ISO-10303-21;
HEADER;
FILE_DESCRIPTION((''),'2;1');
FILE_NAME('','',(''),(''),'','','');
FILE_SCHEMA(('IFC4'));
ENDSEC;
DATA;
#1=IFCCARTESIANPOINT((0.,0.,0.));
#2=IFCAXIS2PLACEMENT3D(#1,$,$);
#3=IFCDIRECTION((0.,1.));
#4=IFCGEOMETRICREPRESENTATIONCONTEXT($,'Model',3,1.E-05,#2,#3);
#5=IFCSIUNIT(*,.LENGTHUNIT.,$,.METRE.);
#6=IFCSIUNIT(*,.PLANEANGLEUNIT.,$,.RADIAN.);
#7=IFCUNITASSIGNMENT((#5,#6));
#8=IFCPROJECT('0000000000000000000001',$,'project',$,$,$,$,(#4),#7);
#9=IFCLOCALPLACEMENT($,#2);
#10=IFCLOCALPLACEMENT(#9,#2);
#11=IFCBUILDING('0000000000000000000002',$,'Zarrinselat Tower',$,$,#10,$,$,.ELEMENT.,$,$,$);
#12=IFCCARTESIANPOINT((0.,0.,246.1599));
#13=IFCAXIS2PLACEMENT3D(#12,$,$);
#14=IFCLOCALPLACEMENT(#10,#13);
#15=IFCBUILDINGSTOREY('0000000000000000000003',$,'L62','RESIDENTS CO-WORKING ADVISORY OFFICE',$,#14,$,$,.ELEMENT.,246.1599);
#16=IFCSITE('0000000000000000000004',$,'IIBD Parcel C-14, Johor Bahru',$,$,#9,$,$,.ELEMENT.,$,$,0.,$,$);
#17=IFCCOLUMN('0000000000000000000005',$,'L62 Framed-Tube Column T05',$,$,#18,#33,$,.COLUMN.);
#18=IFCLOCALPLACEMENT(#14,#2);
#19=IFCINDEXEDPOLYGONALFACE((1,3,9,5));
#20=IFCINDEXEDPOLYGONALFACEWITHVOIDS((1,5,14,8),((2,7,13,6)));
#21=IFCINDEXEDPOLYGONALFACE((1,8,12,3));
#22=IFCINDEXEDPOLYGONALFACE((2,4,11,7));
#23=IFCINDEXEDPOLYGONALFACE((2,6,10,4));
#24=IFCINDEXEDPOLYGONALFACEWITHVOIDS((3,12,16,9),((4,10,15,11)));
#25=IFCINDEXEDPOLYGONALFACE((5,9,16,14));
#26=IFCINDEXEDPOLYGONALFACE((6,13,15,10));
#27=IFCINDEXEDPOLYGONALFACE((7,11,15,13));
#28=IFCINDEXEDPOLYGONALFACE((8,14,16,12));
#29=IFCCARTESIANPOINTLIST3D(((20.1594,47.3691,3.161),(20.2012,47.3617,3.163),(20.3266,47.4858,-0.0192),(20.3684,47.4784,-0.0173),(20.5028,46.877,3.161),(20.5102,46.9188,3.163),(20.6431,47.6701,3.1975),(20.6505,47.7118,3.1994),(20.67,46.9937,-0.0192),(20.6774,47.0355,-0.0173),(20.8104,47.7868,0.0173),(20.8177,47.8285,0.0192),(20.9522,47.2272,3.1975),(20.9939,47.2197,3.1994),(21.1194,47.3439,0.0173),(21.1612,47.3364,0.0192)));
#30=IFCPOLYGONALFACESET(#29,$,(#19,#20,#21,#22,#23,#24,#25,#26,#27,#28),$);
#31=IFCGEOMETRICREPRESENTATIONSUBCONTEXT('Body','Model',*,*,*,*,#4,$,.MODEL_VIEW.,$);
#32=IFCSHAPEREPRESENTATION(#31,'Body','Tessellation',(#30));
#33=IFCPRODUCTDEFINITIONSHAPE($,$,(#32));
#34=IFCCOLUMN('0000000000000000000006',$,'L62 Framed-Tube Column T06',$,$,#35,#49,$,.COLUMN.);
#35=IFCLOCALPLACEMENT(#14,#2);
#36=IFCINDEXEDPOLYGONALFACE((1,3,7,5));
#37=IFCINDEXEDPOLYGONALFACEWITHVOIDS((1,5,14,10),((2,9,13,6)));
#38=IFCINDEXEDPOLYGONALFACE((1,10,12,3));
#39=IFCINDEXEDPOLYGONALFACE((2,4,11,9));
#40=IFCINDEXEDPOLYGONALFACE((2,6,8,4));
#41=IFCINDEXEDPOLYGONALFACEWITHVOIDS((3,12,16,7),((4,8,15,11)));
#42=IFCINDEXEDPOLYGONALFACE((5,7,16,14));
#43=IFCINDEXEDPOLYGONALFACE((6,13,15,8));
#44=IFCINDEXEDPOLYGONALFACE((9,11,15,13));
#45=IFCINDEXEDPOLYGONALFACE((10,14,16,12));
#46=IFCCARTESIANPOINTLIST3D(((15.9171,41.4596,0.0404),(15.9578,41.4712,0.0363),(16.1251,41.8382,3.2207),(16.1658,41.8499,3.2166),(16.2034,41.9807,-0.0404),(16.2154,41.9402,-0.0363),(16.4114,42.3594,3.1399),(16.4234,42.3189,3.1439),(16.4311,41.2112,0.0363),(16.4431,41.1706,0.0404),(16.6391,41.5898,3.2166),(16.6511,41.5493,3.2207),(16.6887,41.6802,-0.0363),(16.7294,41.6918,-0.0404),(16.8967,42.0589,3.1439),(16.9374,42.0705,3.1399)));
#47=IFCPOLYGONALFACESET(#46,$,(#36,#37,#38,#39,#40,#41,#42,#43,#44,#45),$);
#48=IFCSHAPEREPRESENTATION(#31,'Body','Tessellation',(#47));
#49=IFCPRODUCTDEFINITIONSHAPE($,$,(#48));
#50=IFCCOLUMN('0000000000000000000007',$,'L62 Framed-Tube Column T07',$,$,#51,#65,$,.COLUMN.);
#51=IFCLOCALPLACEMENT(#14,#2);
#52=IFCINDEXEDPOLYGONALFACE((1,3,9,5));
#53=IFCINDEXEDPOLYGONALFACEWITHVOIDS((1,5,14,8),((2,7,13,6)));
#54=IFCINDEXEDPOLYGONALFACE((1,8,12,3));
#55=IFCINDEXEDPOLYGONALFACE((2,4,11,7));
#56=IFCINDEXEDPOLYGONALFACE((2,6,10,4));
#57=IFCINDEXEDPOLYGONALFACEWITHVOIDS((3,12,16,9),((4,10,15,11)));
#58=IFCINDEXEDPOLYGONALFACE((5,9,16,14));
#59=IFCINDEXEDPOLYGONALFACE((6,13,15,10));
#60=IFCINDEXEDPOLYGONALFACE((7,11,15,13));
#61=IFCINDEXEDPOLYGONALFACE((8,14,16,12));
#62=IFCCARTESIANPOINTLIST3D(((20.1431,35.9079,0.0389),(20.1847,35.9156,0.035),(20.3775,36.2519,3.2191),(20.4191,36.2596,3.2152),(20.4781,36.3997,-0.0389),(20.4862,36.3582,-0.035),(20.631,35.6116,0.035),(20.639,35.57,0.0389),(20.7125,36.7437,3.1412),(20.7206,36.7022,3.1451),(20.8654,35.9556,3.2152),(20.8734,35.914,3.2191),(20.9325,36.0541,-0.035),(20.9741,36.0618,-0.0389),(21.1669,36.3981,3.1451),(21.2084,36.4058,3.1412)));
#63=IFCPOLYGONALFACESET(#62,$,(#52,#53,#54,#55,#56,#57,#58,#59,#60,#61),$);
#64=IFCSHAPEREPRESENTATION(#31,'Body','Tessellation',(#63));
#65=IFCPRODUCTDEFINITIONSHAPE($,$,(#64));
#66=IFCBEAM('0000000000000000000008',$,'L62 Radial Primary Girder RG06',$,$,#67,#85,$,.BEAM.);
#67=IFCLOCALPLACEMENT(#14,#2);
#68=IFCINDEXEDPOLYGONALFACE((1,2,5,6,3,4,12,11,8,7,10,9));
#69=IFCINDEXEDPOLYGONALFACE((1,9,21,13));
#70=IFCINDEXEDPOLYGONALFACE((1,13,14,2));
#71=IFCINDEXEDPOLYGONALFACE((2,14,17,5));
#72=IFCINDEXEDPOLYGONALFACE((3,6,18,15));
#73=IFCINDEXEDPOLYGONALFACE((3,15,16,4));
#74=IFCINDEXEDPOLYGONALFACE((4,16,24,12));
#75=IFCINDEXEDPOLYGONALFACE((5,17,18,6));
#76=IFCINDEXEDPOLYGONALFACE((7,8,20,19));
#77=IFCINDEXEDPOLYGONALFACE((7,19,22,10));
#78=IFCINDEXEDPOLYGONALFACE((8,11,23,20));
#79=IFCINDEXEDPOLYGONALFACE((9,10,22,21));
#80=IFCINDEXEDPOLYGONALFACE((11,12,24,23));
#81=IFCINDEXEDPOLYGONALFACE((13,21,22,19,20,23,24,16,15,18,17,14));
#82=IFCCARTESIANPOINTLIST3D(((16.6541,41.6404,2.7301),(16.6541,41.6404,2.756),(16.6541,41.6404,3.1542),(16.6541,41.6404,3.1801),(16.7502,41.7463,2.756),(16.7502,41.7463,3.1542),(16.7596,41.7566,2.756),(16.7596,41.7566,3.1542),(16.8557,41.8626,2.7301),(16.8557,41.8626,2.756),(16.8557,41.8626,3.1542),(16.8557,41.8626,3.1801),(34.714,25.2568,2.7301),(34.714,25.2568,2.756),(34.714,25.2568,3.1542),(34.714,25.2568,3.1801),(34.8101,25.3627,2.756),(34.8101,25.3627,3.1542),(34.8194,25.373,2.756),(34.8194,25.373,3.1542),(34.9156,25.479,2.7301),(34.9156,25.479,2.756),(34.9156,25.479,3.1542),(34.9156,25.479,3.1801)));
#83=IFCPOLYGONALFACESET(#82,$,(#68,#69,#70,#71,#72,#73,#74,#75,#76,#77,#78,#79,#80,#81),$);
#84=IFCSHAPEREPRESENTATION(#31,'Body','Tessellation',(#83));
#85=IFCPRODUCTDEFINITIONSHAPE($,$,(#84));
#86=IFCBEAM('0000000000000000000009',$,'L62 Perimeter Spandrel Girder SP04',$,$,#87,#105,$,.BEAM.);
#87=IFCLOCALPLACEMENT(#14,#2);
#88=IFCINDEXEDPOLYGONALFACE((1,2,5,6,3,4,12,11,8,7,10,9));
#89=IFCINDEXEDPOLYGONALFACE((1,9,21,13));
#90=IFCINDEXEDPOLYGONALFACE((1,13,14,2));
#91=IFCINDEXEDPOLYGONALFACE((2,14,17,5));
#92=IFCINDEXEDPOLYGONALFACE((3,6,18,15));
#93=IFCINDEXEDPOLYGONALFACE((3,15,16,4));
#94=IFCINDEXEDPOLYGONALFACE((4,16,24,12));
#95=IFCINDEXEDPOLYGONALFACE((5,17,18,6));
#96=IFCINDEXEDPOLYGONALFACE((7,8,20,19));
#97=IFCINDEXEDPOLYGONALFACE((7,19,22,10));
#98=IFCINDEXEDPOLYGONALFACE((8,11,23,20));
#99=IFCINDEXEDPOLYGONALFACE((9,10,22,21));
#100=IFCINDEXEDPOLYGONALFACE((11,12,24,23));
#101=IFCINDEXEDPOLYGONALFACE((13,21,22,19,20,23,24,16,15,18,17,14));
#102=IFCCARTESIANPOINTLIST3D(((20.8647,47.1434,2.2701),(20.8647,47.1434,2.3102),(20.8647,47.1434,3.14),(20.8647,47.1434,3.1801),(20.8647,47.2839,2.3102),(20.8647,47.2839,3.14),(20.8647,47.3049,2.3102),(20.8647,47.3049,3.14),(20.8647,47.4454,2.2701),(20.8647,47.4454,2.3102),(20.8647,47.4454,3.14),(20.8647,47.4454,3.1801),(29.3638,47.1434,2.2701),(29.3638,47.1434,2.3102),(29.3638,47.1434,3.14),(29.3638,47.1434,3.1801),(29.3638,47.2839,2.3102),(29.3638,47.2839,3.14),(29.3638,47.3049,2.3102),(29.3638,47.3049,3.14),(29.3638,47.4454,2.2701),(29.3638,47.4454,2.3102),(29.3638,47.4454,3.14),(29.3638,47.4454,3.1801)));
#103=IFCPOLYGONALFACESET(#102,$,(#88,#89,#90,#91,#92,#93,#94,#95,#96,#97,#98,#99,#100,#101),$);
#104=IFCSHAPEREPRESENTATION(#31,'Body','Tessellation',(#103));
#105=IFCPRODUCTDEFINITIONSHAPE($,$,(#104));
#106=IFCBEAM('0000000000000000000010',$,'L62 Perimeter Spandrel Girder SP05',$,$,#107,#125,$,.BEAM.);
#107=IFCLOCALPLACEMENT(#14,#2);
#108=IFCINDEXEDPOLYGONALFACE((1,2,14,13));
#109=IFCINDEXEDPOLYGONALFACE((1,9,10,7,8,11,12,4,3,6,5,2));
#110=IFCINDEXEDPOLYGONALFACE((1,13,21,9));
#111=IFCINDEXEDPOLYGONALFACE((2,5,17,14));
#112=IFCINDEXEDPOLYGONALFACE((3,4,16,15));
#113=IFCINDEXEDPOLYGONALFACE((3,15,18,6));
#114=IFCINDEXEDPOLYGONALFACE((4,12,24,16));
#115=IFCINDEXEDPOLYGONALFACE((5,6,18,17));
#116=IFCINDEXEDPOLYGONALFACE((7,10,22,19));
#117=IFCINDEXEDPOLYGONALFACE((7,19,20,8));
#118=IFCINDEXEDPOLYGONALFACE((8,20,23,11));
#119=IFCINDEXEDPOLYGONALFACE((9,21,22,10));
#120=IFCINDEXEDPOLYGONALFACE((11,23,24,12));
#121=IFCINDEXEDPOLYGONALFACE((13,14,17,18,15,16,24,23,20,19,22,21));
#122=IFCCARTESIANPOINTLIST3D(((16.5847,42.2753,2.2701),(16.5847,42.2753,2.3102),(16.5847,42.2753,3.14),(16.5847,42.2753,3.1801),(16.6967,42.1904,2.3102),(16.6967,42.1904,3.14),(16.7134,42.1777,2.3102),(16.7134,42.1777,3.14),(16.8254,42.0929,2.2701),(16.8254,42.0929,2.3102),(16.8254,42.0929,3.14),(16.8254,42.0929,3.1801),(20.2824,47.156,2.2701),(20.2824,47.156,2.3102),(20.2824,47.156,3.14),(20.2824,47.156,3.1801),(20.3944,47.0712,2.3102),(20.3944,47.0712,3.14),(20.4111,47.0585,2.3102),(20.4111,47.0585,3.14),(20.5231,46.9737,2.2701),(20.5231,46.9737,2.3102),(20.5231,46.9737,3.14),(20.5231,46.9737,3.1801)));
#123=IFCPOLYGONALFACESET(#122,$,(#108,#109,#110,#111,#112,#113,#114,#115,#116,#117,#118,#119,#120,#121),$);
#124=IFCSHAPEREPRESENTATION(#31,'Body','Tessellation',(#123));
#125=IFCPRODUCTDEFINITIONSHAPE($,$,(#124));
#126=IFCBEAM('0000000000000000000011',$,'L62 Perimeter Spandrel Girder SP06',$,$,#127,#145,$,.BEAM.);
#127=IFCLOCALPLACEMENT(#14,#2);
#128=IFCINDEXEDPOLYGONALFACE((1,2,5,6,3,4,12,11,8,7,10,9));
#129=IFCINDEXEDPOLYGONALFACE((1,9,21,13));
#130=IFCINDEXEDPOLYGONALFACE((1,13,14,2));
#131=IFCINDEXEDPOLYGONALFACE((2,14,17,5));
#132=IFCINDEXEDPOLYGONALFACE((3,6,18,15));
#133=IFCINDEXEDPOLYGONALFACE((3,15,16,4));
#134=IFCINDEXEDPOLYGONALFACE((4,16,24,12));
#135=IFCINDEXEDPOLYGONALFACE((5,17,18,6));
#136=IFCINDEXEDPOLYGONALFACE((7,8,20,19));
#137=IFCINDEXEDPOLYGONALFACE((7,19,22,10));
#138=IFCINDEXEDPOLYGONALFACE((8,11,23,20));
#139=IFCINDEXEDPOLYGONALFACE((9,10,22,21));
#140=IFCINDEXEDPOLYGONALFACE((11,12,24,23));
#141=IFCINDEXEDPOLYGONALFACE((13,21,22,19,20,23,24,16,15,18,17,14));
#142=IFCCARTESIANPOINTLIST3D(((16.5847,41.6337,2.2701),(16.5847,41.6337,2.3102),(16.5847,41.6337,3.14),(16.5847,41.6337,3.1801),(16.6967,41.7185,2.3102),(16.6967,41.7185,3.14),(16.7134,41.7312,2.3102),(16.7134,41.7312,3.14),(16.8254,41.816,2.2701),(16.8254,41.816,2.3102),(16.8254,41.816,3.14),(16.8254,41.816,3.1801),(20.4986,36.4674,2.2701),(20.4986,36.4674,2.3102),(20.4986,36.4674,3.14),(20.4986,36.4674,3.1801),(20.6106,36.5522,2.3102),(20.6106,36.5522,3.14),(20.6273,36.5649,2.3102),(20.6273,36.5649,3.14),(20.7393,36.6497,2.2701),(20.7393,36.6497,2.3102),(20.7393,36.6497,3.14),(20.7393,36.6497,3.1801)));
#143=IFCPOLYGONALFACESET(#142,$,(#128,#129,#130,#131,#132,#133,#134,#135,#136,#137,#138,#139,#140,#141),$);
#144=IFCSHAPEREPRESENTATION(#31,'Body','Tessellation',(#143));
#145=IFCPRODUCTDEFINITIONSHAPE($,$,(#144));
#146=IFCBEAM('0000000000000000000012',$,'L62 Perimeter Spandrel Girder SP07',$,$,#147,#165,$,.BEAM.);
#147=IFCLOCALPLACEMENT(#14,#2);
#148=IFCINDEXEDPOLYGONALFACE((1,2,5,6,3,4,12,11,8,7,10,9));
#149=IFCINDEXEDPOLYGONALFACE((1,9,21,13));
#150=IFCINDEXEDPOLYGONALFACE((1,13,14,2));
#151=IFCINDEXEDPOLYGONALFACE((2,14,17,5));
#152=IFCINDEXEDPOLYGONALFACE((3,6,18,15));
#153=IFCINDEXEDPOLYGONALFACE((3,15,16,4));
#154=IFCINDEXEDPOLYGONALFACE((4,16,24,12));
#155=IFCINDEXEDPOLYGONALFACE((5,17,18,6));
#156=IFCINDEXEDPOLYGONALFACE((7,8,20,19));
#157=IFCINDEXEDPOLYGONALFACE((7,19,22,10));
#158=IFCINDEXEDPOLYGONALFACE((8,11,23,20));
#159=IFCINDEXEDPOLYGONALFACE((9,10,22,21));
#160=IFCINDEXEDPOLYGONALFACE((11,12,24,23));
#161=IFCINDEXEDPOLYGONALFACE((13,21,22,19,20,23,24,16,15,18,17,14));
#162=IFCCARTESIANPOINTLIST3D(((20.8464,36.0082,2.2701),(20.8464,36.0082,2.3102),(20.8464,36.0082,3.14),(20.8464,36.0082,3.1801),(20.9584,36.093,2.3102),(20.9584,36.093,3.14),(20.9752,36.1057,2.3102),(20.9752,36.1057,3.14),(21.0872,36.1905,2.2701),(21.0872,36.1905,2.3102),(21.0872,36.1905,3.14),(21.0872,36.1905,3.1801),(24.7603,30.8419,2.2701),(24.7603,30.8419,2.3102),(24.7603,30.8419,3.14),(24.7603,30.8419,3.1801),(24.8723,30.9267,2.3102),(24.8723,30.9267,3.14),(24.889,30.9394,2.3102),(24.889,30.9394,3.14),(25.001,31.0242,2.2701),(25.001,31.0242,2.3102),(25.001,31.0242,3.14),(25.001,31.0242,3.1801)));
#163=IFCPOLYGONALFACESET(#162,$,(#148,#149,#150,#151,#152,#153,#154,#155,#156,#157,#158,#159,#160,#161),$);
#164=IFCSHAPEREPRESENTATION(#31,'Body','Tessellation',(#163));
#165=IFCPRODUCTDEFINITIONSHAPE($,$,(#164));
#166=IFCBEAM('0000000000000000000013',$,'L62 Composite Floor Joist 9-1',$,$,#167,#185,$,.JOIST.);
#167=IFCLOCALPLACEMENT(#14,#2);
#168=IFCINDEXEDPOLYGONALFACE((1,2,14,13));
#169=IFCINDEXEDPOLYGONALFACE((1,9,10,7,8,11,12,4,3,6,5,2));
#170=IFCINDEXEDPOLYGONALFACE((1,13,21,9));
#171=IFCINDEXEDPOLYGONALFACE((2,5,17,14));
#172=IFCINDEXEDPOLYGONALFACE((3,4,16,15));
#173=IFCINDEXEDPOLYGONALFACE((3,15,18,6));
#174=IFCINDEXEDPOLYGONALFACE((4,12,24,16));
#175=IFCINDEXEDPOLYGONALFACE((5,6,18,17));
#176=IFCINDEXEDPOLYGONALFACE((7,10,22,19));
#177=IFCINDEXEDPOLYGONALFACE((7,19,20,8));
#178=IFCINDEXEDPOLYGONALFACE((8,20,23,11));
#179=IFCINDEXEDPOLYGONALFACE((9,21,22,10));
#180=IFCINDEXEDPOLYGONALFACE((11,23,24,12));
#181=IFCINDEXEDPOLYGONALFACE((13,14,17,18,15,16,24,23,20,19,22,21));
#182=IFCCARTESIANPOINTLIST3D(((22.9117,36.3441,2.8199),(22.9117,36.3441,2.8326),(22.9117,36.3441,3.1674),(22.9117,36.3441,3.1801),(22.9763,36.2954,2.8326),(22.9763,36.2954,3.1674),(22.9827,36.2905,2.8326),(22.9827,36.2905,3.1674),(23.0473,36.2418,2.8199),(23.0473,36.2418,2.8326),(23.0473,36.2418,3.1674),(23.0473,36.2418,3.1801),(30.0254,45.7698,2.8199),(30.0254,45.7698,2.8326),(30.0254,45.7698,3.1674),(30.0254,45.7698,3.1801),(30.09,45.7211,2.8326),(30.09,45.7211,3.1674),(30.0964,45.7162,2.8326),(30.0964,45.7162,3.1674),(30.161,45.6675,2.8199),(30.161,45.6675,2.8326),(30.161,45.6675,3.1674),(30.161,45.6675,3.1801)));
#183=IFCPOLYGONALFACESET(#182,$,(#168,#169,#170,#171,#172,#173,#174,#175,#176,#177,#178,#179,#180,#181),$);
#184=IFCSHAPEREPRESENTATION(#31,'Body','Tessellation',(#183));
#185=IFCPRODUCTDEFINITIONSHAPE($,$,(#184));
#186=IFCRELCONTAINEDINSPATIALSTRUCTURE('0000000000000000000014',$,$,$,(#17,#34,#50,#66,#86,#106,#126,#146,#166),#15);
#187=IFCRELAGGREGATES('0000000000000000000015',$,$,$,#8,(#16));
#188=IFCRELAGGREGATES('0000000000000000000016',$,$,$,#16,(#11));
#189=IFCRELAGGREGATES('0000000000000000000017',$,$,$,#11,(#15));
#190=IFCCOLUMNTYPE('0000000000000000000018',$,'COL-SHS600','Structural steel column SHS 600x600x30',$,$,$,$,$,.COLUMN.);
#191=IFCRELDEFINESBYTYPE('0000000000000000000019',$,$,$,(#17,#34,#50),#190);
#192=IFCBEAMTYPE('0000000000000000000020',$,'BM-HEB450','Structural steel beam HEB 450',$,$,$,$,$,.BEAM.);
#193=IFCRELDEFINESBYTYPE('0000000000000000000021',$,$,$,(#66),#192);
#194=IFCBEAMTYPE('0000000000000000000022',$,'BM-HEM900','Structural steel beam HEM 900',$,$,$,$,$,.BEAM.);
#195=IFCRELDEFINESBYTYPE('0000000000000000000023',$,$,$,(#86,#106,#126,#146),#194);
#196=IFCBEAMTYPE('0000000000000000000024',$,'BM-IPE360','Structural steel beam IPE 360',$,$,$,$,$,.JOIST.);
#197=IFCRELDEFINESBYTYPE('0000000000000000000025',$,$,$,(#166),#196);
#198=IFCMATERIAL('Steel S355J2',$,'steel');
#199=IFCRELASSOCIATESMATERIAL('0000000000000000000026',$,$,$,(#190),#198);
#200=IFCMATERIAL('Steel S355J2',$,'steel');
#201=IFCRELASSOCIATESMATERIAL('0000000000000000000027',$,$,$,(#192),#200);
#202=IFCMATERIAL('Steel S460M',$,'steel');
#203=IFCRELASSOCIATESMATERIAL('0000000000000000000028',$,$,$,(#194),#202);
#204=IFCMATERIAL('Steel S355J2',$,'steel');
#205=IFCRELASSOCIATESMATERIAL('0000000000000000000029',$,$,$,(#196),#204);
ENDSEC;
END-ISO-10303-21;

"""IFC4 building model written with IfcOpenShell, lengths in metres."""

from ifc_helpers import new_model, si_unit, direction, frame, origin, origin_2d, place, context, subcontext, project, spatial, hollow_rectangle, i_section, extrude, material, material_profile, profile_set, type_object, element, save


model = new_model("IFC4")

# Units and contexts
model_context = context("Model", 3, precision=1e-05, world=origin(), true_north=direction((0.0, 1.0)))
body_context = subcontext(model_context, "Body", "Model", "MODEL_VIEW")
ifc_project = project(units=[si_unit("LENGTHUNIT", "METRE"), si_unit("PLANEANGLEUNIT", "RADIAN")], contexts=[model_context])

# Site, building, storey
site_placement = place(None, origin())
site = spatial("IfcSite", under=ifc_project, at=site_placement, Name="IIBD Parcel C-14, Johor Bahru", CompositionType="ELEMENT", RefElevation=0.0)
building_placement = place(site_placement, origin())
building = spatial("IfcBuilding", under=site, at=building_placement, Name="Zarrinselat Tower", CompositionType="ELEMENT")
storey_placement = place(building_placement, frame((0.0, 0.0, 246.1599)))
storey = spatial("IfcBuildingStorey", under=building, at=storey_placement, Name="L62", Description="RESIDENTS CO-WORKING ADVISORY OFFICE", CompositionType="ELEMENT", Elevation=246.1599)

# Columns
ifc_material_1 = material(Name="Steel S355J2", Category="steel")
ifc_material_profile_1 = material_profile(ifc_material_1, hollow_rectangle(XDim=0.6001, YDim=0.6001, WallThickness=0.03, at=origin_2d()), Name="SHS 600x600x30")
ifc_profile_set_1 = profile_set([ifc_material_profile_1], Name="Steel S355J2")
column_type = type_object("IfcColumnType", Name="COL-SHS600", Description="Structural steel column SHS 600x600x30", PredefinedType="COLUMN", material=ifc_profile_set_1)
column_1_placement = place(storey_placement, frame((20.7439, 47.4111, 0.0), z_axis=(-0.052479, -0.036621, 0.99795), x_axis=(0.572256, -0.820075, 0.0)))
element("IfcColumn", 1, at=column_1_placement, inside=storey, type_object=column_type, Name="L62 Framed-Tube Column T05", PredefinedType="COLUMN", context=body_context, shape_type="SweptSolid", body=[
    extrude(hollow_rectangle(XDim=0.6001, YDim=0.6001, WallThickness=0.03, at=origin_2d()), origin(), (0.0, 0.0, 1.0), 3.1868),
])
column_2_placement = place(storey_placement, frame((16.3232, 41.5757, 0.0), z_axis=(0.064812, 0.117986, 0.990898), x_axis=(-0.876466, 0.481463, 0.0)))
element("IfcColumn", 2, at=column_2_placement, inside=storey, type_object=column_type, Name="L62 Framed-Tube Column T06", PredefinedType="COLUMN", context=body_context, shape_type="SweptSolid", body=[
    extrude(hollow_rectangle(XDim=0.6001, YDim=0.6001, WallThickness=0.03, at=origin_2d()), origin(), (0.0, 0.0, 1.0), 3.2095),
])
column_3_placement = place(storey_placement, frame((20.5586, 35.9849, 0.0), z_axis=(0.073075, 0.107253, 0.991543), x_axis=(-0.826413, 0.563064, 0.0)))
element("IfcColumn", 3, at=column_3_placement, inside=storey, type_object=column_type, Name="L62 Framed-Tube Column T07", PredefinedType="COLUMN", context=body_context, shape_type="SweptSolid", body=[
    extrude(hollow_rectangle(XDim=0.6001, YDim=0.6001, WallThickness=0.03, at=origin_2d()), origin(), (0.0, 0.0, 1.0), 3.2073),
])

# Beams
ifc_material_2 = material(Name="Steel S355J2", Category="steel")
ifc_material_profile_2 = material_profile(ifc_material_2, i_section(OverallWidth=0.3, OverallDepth=0.45, WebThickness=0.0139, FlangeThickness=0.0259, at=origin_2d()), Name="HEB 450")
ifc_profile_set_2 = profile_set([ifc_material_profile_2], Name="Steel S355J2")
beam_type_1 = type_object("IfcBeamType", Name="BM-HEB450", Description="Structural steel beam HEB 450", PredefinedType="BEAM", material=ifc_profile_set_2)
beam_1_placement = place(storey_placement, frame((16.7549, 41.7515, 2.9551), z_axis=(0.740643, -0.671898, 0.0), x_axis=(0.671898, 0.740643, 0.0)))
element("IfcBeam", 4, at=beam_1_placement, inside=storey, type_object=beam_type_1, Name="L62 Radial Primary Girder RG06", PredefinedType="BEAM", context=body_context, shape_type="SweptSolid", body=[
    extrude(i_section(OverallWidth=0.3, OverallDepth=0.45, WebThickness=0.0139, FlangeThickness=0.0259, at=origin_2d()), origin(), (0.0, 0.0, 1.0), 24.384),
])
ifc_material_3 = material(Name="Steel S460M", Category="steel")
ifc_material_profile_3 = material_profile(ifc_material_3, i_section(OverallWidth=0.302, OverallDepth=0.9099, WebThickness=0.021, FlangeThickness=0.04, at=origin_2d()), Name="HEM 900")
ifc_profile_set_3 = profile_set([ifc_material_profile_3], Name="Steel S460M")
beam_type_2 = type_object("IfcBeamType", Name="BM-HEM900", Description="Structural steel beam HEM 900", PredefinedType="BEAM", material=ifc_profile_set_3)
beam_2_placement = place(storey_placement, frame((20.8647, 47.2944, 2.7251), z_axis=(1.0, 0.0, 0.0), x_axis=(0.0, 1.0, 0.0)))
element("IfcBeam", 5, at=beam_2_placement, inside=storey, type_object=beam_type_2, Name="L62 Perimeter Spandrel Girder SP04", PredefinedType="BEAM", context=body_context, shape_type="SweptSolid", body=[
    extrude(i_section(OverallWidth=0.302, OverallDepth=0.9099, WebThickness=0.021, FlangeThickness=0.04, at=origin_2d()), origin(), (0.0, 0.0, 1.0), 8.499),
])
beam_3_placement = place(storey_placement, frame((16.7051, 42.1841, 2.7251), z_axis=(0.603872, 0.797082, 0.0), x_axis=(-0.797082, 0.603872, 0.0)))
element("IfcBeam", 6, at=beam_3_placement, inside=storey, type_object=beam_type_2, Name="L62 Perimeter Spandrel Girder SP05", PredefinedType="BEAM", context=body_context, shape_type="SweptSolid", body=[
    extrude(i_section(OverallWidth=0.302, OverallDepth=0.9099, WebThickness=0.021, FlangeThickness=0.04, at=origin_2d()), origin(), (0.0, 0.0, 1.0), 6.1233),
])
for number, where, z_axis, x_axis, name in (
    (7, (16.7051, 41.7249, 2.7251), (0.603856, -0.797093, 0.0), (0.797093, 0.603856, 0.0), "L62 Perimeter Spandrel Girder SP06"),
    (8, (20.9668, 36.0994, 2.7251), (0.603856, -0.797093, 0.0), (0.797093, 0.603856, 0.0), "L62 Perimeter Spandrel Girder SP07"),
):
    element("IfcBeam", number, at=place(storey_placement, frame(where, z_axis=z_axis, x_axis=x_axis)), inside=storey, type_object=beam_type_2, Name=name, PredefinedType="BEAM", context=body_context, shape_type="SweptSolid", body=[
        extrude(i_section(OverallWidth=0.302, OverallDepth=0.9099, WebThickness=0.021, FlangeThickness=0.04, at=origin_2d()), origin(), (0.0, 0.0, 1.0), 6.4814),
    ])
ifc_material_4 = material(Name="Steel S355J2", Category="steel")
ifc_material_profile_4 = material_profile(ifc_material_4, i_section(OverallWidth=0.1699, OverallDepth=0.3601, WebThickness=0.0081, FlangeThickness=0.0127, at=origin_2d()), Name="IPE 360")
ifc_profile_set_4 = profile_set([ifc_material_profile_4], Name="Steel S355J2")
beam_type_3 = type_object("IfcBeamType", Name="BM-IPE360", Description="Structural steel beam IPE 360", PredefinedType="JOIST", material=ifc_profile_set_4)
beam_4_placement = place(storey_placement, frame((22.9795, 36.293, 3.0), z_axis=(0.602405, 0.79819, 0.0), x_axis=(-0.79819, 0.602405, 0.0)))
element("IfcBeam", 9, at=beam_4_placement, inside=storey, type_object=beam_type_3, Name="L62 Composite Floor Joist 9-1", PredefinedType="JOIST", context=body_context, shape_type="SweptSolid", body=[
    extrude(i_section(OverallWidth=0.1699, OverallDepth=0.3601, WebThickness=0.0081, FlangeThickness=0.0127, at=origin_2d()), origin(), (0.0, 0.0, 1.0), 11.8088),
])

save(model, "model.ifc")
